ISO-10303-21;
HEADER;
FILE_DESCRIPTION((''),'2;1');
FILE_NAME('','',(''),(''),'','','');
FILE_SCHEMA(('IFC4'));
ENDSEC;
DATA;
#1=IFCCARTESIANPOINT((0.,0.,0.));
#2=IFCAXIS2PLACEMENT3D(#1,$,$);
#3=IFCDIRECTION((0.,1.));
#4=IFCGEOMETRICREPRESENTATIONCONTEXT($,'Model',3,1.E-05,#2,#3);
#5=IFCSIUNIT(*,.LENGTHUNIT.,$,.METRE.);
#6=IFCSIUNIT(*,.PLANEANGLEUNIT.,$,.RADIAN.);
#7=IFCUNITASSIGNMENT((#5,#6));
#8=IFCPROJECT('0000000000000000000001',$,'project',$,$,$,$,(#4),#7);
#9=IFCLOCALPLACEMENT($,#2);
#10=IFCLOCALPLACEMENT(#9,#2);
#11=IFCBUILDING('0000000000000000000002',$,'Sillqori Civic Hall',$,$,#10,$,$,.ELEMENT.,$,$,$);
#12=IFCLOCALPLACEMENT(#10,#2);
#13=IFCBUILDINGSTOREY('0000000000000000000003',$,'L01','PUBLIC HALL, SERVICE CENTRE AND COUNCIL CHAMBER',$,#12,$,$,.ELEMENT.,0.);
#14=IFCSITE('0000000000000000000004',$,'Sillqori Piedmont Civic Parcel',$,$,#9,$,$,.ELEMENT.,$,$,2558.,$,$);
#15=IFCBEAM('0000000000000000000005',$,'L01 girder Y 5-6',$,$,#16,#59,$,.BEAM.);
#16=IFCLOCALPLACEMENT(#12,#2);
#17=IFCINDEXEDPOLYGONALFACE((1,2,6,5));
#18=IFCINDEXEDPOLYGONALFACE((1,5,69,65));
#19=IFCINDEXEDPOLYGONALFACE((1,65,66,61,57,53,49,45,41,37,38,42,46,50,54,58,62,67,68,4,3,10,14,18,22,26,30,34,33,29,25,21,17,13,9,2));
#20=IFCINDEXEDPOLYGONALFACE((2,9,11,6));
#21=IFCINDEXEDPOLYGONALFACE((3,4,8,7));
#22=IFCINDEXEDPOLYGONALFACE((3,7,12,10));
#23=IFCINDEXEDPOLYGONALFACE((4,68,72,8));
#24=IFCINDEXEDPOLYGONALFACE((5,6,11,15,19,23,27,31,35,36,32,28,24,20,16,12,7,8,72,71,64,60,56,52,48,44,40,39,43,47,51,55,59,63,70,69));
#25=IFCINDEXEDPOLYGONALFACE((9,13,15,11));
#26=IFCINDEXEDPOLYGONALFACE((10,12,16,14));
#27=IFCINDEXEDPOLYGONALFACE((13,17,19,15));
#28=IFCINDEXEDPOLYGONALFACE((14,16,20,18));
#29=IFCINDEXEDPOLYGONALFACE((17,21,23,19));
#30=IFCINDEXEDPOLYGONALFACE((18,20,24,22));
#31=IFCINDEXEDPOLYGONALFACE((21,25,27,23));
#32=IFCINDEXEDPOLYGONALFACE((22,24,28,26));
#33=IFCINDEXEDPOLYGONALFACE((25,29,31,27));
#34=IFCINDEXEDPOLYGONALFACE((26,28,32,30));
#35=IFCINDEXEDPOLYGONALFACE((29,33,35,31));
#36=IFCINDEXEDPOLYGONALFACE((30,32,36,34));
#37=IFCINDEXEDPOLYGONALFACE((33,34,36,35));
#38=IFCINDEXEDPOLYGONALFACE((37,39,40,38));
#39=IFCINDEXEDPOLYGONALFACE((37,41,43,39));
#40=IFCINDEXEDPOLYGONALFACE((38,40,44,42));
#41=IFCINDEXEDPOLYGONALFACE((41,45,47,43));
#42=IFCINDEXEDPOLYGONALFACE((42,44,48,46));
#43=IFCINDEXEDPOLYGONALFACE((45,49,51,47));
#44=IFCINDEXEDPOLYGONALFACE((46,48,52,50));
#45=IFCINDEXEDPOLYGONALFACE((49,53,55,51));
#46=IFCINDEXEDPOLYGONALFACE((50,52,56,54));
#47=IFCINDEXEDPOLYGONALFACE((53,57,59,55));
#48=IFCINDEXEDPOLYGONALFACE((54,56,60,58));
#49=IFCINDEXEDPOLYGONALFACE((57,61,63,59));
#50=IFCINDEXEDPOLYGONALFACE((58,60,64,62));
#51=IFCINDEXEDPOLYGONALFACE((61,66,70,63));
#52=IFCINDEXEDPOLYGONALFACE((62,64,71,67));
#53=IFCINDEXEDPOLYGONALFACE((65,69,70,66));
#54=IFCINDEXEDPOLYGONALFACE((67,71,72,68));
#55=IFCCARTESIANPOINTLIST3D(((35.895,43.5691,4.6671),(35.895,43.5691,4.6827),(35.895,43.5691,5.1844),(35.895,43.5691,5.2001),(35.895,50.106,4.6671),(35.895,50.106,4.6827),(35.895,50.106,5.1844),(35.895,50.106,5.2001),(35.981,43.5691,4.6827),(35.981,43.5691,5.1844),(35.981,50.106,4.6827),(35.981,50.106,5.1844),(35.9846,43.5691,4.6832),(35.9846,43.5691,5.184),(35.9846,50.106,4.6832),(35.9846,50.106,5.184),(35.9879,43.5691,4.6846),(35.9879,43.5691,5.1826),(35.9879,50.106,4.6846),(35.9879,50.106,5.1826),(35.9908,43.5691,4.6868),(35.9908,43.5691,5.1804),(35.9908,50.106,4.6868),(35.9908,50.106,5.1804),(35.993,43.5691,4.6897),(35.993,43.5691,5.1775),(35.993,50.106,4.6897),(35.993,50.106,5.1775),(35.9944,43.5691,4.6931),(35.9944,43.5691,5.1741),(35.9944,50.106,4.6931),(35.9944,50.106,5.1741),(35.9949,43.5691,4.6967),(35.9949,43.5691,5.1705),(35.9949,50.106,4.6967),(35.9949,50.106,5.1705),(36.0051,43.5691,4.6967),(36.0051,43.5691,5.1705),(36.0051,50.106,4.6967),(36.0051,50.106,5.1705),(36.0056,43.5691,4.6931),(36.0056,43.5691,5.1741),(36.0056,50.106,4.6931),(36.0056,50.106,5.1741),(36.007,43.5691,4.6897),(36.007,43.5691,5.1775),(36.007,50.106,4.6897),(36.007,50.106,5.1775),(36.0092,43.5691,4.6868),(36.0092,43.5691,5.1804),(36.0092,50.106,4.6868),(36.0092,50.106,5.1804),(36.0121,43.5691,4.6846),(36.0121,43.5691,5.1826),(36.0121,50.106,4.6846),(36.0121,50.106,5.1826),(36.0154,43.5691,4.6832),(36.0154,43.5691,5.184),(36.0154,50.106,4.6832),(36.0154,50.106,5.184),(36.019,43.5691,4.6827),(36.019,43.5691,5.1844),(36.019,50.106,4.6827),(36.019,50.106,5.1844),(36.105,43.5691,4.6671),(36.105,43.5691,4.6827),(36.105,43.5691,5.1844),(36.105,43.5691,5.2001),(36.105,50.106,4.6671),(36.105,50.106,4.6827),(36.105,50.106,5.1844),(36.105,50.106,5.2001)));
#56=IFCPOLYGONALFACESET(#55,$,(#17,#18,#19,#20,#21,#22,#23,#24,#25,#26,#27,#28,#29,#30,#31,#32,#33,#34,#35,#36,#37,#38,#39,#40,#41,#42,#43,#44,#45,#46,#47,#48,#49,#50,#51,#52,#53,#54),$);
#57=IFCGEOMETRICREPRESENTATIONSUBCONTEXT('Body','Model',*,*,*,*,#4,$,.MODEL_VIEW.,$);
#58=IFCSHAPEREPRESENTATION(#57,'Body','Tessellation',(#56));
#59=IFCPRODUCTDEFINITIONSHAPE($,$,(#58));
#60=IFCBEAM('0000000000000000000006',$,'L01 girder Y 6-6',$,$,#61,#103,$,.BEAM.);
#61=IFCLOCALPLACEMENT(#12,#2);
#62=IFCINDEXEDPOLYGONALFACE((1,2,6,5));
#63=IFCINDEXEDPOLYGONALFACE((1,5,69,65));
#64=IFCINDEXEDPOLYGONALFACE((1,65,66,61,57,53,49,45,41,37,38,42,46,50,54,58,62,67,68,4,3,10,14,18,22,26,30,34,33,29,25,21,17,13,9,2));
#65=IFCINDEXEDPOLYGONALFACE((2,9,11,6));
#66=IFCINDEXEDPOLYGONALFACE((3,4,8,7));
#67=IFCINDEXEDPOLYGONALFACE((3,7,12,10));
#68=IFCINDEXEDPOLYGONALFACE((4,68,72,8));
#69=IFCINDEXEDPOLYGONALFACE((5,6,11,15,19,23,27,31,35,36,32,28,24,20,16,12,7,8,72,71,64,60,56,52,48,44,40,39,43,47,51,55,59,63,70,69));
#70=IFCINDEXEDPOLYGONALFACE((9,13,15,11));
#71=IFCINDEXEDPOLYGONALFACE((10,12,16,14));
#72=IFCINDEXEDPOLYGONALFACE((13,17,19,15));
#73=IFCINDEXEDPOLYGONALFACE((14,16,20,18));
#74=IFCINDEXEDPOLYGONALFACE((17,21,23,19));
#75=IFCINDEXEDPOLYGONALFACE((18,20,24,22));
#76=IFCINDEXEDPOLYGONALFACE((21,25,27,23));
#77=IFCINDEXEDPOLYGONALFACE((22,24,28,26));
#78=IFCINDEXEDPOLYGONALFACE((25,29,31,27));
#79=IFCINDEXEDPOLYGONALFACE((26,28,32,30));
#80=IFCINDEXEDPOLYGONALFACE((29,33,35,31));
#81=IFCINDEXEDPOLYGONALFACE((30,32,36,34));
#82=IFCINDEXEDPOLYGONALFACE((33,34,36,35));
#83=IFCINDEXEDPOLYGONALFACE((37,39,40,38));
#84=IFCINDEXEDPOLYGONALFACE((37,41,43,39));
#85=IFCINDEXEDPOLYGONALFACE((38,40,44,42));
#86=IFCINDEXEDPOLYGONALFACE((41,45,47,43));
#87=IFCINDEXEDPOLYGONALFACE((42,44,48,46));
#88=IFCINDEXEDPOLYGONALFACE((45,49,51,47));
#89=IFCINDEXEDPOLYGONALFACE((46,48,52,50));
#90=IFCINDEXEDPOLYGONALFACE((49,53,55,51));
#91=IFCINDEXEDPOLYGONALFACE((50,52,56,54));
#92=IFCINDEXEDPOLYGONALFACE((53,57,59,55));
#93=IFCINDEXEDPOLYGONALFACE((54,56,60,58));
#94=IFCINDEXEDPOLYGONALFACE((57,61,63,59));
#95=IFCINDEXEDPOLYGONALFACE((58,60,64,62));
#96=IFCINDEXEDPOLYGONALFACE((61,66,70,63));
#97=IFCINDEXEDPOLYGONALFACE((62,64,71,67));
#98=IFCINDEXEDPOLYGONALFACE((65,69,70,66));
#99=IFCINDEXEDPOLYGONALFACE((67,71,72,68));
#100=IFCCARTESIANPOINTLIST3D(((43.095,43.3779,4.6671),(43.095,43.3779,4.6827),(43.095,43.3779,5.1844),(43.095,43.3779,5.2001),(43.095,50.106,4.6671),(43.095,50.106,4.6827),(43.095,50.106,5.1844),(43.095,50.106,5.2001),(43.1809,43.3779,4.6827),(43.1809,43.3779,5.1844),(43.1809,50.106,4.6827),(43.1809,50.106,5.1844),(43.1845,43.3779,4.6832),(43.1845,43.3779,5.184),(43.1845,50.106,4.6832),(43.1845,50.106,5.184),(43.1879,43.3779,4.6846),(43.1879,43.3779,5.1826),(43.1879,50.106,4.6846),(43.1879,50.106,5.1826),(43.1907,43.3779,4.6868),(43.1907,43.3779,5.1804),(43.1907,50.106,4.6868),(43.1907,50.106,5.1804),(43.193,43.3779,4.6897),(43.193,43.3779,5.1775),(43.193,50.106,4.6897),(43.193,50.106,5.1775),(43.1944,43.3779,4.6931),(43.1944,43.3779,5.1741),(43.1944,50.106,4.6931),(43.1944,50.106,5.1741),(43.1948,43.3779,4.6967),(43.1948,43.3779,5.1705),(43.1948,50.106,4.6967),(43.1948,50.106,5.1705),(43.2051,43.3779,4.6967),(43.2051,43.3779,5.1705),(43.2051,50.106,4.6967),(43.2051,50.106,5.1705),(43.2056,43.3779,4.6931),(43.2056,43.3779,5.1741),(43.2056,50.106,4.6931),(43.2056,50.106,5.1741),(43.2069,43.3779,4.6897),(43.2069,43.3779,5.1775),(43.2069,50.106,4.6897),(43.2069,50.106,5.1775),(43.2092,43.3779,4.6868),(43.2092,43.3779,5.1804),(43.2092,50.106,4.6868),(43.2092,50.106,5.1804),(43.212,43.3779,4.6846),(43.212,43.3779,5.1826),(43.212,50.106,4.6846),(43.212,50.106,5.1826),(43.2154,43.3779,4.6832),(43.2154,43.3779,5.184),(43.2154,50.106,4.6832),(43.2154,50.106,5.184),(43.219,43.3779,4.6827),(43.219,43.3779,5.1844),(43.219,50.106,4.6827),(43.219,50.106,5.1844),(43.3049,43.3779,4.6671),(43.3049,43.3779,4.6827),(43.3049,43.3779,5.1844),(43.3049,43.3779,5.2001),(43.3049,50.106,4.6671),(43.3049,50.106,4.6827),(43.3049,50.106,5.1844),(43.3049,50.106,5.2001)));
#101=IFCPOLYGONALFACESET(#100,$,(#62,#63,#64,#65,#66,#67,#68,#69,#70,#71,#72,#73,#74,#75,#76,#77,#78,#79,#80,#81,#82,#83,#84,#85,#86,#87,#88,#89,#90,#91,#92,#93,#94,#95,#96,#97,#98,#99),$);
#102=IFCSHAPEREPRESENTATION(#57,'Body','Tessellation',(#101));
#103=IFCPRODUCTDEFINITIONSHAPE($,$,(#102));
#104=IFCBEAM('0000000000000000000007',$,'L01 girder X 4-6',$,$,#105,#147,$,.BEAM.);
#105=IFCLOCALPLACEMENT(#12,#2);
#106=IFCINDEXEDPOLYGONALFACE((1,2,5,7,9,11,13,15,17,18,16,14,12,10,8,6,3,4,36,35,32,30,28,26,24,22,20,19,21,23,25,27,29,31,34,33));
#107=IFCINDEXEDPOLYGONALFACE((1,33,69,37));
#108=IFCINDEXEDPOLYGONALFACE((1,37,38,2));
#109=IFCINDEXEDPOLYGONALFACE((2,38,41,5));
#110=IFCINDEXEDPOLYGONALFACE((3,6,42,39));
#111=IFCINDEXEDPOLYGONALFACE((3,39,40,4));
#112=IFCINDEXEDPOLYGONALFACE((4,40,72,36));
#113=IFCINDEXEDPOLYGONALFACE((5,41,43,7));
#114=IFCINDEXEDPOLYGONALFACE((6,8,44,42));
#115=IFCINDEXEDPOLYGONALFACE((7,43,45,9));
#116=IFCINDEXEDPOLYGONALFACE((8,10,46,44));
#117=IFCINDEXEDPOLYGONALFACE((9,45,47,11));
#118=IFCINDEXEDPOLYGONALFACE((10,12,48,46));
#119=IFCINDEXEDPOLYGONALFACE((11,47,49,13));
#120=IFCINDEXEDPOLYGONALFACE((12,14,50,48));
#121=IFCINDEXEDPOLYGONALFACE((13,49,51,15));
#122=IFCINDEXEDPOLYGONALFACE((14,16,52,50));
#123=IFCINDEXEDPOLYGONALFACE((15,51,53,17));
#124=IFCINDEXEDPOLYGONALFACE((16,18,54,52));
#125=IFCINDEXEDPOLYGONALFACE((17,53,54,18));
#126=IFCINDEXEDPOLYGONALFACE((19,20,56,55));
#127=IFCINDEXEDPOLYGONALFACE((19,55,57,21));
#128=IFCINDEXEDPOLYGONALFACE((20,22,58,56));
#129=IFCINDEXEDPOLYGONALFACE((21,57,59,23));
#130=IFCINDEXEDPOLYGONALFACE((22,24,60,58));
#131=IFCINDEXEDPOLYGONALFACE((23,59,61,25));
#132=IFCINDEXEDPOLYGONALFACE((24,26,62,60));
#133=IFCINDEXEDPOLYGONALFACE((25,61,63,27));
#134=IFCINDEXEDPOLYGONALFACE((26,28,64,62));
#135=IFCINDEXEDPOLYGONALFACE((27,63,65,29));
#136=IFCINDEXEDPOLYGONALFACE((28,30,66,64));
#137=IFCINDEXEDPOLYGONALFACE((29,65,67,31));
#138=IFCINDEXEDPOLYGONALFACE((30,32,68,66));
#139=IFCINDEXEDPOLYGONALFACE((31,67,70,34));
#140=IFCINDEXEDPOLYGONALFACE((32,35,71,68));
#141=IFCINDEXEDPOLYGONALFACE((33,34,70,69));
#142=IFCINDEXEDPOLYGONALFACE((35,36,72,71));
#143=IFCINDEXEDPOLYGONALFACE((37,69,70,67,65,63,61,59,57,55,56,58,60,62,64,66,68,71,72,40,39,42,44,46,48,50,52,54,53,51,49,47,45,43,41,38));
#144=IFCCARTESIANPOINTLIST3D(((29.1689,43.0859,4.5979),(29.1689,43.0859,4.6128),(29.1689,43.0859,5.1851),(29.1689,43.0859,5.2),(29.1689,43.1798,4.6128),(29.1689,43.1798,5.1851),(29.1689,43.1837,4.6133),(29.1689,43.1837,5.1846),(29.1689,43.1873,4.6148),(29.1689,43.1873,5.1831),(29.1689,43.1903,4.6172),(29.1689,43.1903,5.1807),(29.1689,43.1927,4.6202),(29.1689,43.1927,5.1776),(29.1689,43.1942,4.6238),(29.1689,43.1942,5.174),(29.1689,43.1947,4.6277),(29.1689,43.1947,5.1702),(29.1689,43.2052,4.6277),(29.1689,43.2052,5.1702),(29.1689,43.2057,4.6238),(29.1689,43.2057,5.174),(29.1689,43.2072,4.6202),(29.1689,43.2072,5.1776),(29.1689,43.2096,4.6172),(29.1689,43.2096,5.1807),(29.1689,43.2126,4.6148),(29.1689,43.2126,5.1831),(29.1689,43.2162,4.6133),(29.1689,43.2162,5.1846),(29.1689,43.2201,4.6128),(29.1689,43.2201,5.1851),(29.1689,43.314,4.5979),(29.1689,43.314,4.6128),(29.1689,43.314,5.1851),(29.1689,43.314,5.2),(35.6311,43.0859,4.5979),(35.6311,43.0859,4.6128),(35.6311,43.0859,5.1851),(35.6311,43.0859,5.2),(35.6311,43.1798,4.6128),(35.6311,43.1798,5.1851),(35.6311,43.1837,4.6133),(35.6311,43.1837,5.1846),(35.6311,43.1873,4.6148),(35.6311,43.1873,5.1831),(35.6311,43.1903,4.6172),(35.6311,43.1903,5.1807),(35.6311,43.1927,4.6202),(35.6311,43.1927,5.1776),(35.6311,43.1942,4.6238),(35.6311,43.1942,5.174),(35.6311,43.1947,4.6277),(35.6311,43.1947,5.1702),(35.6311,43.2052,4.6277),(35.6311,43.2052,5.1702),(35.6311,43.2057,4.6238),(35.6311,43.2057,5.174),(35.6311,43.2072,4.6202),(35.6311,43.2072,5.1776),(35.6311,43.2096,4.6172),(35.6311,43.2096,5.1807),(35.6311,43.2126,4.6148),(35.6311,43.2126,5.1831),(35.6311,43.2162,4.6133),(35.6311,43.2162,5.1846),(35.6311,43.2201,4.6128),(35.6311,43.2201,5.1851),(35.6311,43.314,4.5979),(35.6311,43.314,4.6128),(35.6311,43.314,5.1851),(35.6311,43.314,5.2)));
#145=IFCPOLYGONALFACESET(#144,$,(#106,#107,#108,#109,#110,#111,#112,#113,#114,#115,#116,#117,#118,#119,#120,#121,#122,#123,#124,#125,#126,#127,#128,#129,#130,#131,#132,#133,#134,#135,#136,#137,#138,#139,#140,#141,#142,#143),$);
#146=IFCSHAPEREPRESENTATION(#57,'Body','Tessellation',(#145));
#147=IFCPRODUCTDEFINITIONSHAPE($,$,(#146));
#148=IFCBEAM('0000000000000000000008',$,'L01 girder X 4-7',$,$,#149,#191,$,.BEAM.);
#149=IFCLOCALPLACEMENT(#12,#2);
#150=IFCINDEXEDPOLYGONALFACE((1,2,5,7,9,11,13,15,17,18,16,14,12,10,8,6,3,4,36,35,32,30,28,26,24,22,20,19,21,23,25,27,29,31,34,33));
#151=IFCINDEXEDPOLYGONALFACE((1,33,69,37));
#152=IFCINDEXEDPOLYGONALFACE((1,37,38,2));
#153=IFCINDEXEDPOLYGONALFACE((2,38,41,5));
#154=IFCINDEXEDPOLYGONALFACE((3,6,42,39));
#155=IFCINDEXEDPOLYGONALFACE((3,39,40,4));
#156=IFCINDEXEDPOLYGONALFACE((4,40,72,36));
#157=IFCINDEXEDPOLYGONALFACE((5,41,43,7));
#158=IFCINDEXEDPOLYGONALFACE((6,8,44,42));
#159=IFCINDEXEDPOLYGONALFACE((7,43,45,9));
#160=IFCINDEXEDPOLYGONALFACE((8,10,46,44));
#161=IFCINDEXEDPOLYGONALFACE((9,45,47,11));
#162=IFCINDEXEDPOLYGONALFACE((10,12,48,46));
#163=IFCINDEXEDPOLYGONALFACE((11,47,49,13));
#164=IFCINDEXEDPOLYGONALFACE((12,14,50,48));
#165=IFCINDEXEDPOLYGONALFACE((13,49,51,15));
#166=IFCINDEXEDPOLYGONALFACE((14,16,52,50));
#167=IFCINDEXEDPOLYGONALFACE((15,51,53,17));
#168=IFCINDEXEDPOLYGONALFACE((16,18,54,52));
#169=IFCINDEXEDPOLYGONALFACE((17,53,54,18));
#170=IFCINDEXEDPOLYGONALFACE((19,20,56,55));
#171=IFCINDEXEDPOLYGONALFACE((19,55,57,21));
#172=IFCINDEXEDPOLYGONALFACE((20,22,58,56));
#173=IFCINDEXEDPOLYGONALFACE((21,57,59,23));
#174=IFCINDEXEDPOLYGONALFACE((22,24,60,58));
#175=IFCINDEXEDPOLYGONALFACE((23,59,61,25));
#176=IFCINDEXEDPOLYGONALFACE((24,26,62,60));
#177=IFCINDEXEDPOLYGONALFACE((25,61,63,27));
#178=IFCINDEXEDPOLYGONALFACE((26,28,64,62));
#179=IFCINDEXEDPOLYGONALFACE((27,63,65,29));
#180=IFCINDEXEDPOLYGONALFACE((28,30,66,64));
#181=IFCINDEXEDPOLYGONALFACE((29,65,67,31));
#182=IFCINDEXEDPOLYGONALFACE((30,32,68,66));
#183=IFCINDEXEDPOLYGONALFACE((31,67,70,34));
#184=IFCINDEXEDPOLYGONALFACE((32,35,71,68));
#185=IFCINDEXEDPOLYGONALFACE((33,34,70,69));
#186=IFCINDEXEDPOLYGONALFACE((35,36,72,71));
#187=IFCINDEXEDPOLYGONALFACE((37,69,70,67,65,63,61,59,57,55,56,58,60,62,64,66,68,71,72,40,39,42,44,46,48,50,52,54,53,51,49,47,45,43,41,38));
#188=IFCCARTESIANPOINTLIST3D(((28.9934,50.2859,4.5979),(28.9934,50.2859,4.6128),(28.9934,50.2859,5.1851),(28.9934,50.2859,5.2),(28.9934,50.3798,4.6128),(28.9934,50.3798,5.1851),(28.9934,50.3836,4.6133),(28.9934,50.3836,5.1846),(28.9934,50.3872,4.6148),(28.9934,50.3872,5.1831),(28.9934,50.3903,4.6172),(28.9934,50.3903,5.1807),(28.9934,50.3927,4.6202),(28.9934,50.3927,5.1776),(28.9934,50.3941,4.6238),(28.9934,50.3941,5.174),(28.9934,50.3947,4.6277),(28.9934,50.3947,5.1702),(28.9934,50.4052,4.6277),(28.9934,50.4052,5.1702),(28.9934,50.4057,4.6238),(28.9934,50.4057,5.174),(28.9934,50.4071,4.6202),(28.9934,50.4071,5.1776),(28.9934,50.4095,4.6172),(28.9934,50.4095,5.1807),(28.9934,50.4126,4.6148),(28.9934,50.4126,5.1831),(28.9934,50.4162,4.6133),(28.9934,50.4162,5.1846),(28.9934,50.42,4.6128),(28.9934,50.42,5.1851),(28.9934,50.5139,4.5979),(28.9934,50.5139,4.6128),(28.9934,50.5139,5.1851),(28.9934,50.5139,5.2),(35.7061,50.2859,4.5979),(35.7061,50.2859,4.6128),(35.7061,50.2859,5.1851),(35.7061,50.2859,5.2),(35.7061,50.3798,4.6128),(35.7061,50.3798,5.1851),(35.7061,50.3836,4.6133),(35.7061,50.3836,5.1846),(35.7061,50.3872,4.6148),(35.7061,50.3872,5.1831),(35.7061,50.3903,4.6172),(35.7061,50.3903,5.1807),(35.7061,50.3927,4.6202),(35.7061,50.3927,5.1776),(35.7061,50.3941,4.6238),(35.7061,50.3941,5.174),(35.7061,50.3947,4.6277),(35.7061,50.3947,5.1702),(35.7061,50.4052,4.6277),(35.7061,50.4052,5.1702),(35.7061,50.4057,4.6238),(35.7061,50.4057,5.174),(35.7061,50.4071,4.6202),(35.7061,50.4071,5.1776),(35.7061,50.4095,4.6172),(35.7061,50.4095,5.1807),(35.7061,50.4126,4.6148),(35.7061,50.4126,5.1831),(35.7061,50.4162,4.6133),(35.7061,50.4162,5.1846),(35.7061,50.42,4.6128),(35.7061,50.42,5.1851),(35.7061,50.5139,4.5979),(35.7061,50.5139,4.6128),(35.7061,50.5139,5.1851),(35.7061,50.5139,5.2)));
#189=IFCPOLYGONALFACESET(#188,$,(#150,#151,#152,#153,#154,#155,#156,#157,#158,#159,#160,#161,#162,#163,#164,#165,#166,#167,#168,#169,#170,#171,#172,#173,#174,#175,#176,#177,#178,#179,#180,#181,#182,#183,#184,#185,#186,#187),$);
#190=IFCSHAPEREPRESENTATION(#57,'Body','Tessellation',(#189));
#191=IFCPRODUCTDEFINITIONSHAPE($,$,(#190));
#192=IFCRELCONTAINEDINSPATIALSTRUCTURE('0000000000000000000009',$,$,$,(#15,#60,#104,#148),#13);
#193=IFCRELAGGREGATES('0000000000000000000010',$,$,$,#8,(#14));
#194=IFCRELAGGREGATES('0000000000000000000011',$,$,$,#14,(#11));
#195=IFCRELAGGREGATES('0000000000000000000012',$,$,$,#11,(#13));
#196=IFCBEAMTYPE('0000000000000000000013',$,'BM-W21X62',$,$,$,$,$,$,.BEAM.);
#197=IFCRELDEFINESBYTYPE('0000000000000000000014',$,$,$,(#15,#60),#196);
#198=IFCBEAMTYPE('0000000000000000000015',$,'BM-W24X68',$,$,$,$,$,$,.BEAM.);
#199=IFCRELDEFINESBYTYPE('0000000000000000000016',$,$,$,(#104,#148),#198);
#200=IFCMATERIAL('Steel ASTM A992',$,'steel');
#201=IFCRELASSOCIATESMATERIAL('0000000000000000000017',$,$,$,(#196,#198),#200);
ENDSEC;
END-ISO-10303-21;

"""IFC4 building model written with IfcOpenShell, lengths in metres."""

from ifc_helpers import new_model, si_unit, direction, frame, origin, origin_2d, place, context, subcontext, project, spatial, i_section, extrude, material, material_profile, profile_set, type_object, element, save


model = new_model("IFC4")

# Units and contexts
model_context = context("Model", 3, precision=1e-05, world=origin(), true_north=direction((0.0, 1.0)))
body_context = subcontext(model_context, "Body", "Model", "MODEL_VIEW")
ifc_project = project(units=[si_unit("LENGTHUNIT", "METRE"), si_unit("PLANEANGLEUNIT", "RADIAN")], contexts=[model_context])

# Site, building, storey
site_placement = place(None, origin())
site = spatial("IfcSite", under=ifc_project, at=site_placement, Name="Sillqori Piedmont Civic Parcel", CompositionType="ELEMENT", RefElevation=2558.0)
building_placement = place(site_placement, origin())
building = spatial("IfcBuilding", under=site, at=building_placement, Name="Sillqori Civic Hall", CompositionType="ELEMENT")
storey_placement = place(building_placement, origin())
storey = spatial("IfcBuildingStorey", under=building, at=storey_placement, Name="L01", Description="PUBLIC HALL, SERVICE CENTRE AND COUNCIL CHAMBER", CompositionType="ELEMENT", Elevation=0.0)

# Shared definitions
ifc_material_1 = material(Name="Steel ASTM A992", Category="steel")

# Beams
ifc_material_profile_1 = material_profile(ifc_material_1, i_section(OverallWidth=0.21, OverallDepth=0.533, WebThickness=0.0103, FlangeThickness=0.0156, FilletRadius=0.0139, at=origin_2d()), Name="W21X62")
ifc_profile_set_1 = profile_set([ifc_material_profile_1], Name="Steel ASTM A992")
beam_type_1 = type_object("IfcBeamType", Name="BM-W21X62", PredefinedType="BEAM", material=ifc_profile_set_1)
beam_1_placement = place(storey_placement, frame((36.0, 43.5691, 4.9336), z_axis=(0.0, 1.0, 0.0), x_axis=(-1.0, 0.0, 0.0)))
element("IfcBeam", 1, at=beam_1_placement, inside=storey, type_object=beam_type_1, Name="L01 girder Y 5-6", PredefinedType="BEAM", context=body_context, shape_type="SweptSolid", body=[
    extrude(i_section(OverallWidth=0.21, OverallDepth=0.533, WebThickness=0.0103, FlangeThickness=0.0156, FilletRadius=0.0139, at=origin_2d()), origin(), (0.0, 0.0, 1.0), 6.5369),
])
beam_2_placement = place(storey_placement, frame((43.2, 43.3779, 4.9336), z_axis=(0.0, 1.0, 0.0), x_axis=(-1.0, 0.0, 0.0)))
element("IfcBeam", 2, at=beam_2_placement, inside=storey, type_object=beam_type_1, Name="L01 girder Y 6-6", PredefinedType="BEAM", context=body_context, shape_type="SweptSolid", body=[
    extrude(i_section(OverallWidth=0.21, OverallDepth=0.533, WebThickness=0.0103, FlangeThickness=0.0156, FilletRadius=0.0139, at=origin_2d()), origin(), (0.0, 0.0, 1.0), 6.728),
])
ifc_material_profile_2 = material_profile(ifc_material_1, i_section(OverallWidth=0.228, OverallDepth=0.6021, WebThickness=0.0105, FlangeThickness=0.0149, FilletRadius=0.0149, at=origin_2d()), Name="W24X68")
ifc_profile_set_2 = profile_set([ifc_material_profile_2], Name="Steel ASTM A992")
beam_type_2 = type_object("IfcBeamType", Name="BM-W24X68", PredefinedType="BEAM", material=ifc_profile_set_2)
beam_3_placement = place(storey_placement, frame((29.1689, 43.2, 4.8989), z_axis=(1.0, 0.0, 0.0), x_axis=(0.0, 1.0, 0.0)))
element("IfcBeam", 3, at=beam_3_placement, inside=storey, type_object=beam_type_2, Name="L01 girder X 4-6", PredefinedType="BEAM", context=body_context, shape_type="SweptSolid", body=[
    extrude(i_section(OverallWidth=0.228, OverallDepth=0.6021, WebThickness=0.0105, FlangeThickness=0.0149, FilletRadius=0.0149, at=origin_2d()), origin(), (0.0, 0.0, 1.0), 6.4622),
])
beam_4_placement = place(storey_placement, frame((28.9934, 50.3999, 4.8989), z_axis=(1.0, 0.0, 0.0), x_axis=(0.0, 1.0, 0.0)))
element("IfcBeam", 4, at=beam_4_placement, inside=storey, type_object=beam_type_2, Name="L01 girder X 4-7", PredefinedType="BEAM", context=body_context, shape_type="SweptSolid", body=[
    extrude(i_section(OverallWidth=0.228, OverallDepth=0.6021, WebThickness=0.0105, FlangeThickness=0.0149, FilletRadius=0.0149, at=origin_2d()), origin(), (0.0, 0.0, 1.0), 6.7126),
])

save(model, "model.ifc")
